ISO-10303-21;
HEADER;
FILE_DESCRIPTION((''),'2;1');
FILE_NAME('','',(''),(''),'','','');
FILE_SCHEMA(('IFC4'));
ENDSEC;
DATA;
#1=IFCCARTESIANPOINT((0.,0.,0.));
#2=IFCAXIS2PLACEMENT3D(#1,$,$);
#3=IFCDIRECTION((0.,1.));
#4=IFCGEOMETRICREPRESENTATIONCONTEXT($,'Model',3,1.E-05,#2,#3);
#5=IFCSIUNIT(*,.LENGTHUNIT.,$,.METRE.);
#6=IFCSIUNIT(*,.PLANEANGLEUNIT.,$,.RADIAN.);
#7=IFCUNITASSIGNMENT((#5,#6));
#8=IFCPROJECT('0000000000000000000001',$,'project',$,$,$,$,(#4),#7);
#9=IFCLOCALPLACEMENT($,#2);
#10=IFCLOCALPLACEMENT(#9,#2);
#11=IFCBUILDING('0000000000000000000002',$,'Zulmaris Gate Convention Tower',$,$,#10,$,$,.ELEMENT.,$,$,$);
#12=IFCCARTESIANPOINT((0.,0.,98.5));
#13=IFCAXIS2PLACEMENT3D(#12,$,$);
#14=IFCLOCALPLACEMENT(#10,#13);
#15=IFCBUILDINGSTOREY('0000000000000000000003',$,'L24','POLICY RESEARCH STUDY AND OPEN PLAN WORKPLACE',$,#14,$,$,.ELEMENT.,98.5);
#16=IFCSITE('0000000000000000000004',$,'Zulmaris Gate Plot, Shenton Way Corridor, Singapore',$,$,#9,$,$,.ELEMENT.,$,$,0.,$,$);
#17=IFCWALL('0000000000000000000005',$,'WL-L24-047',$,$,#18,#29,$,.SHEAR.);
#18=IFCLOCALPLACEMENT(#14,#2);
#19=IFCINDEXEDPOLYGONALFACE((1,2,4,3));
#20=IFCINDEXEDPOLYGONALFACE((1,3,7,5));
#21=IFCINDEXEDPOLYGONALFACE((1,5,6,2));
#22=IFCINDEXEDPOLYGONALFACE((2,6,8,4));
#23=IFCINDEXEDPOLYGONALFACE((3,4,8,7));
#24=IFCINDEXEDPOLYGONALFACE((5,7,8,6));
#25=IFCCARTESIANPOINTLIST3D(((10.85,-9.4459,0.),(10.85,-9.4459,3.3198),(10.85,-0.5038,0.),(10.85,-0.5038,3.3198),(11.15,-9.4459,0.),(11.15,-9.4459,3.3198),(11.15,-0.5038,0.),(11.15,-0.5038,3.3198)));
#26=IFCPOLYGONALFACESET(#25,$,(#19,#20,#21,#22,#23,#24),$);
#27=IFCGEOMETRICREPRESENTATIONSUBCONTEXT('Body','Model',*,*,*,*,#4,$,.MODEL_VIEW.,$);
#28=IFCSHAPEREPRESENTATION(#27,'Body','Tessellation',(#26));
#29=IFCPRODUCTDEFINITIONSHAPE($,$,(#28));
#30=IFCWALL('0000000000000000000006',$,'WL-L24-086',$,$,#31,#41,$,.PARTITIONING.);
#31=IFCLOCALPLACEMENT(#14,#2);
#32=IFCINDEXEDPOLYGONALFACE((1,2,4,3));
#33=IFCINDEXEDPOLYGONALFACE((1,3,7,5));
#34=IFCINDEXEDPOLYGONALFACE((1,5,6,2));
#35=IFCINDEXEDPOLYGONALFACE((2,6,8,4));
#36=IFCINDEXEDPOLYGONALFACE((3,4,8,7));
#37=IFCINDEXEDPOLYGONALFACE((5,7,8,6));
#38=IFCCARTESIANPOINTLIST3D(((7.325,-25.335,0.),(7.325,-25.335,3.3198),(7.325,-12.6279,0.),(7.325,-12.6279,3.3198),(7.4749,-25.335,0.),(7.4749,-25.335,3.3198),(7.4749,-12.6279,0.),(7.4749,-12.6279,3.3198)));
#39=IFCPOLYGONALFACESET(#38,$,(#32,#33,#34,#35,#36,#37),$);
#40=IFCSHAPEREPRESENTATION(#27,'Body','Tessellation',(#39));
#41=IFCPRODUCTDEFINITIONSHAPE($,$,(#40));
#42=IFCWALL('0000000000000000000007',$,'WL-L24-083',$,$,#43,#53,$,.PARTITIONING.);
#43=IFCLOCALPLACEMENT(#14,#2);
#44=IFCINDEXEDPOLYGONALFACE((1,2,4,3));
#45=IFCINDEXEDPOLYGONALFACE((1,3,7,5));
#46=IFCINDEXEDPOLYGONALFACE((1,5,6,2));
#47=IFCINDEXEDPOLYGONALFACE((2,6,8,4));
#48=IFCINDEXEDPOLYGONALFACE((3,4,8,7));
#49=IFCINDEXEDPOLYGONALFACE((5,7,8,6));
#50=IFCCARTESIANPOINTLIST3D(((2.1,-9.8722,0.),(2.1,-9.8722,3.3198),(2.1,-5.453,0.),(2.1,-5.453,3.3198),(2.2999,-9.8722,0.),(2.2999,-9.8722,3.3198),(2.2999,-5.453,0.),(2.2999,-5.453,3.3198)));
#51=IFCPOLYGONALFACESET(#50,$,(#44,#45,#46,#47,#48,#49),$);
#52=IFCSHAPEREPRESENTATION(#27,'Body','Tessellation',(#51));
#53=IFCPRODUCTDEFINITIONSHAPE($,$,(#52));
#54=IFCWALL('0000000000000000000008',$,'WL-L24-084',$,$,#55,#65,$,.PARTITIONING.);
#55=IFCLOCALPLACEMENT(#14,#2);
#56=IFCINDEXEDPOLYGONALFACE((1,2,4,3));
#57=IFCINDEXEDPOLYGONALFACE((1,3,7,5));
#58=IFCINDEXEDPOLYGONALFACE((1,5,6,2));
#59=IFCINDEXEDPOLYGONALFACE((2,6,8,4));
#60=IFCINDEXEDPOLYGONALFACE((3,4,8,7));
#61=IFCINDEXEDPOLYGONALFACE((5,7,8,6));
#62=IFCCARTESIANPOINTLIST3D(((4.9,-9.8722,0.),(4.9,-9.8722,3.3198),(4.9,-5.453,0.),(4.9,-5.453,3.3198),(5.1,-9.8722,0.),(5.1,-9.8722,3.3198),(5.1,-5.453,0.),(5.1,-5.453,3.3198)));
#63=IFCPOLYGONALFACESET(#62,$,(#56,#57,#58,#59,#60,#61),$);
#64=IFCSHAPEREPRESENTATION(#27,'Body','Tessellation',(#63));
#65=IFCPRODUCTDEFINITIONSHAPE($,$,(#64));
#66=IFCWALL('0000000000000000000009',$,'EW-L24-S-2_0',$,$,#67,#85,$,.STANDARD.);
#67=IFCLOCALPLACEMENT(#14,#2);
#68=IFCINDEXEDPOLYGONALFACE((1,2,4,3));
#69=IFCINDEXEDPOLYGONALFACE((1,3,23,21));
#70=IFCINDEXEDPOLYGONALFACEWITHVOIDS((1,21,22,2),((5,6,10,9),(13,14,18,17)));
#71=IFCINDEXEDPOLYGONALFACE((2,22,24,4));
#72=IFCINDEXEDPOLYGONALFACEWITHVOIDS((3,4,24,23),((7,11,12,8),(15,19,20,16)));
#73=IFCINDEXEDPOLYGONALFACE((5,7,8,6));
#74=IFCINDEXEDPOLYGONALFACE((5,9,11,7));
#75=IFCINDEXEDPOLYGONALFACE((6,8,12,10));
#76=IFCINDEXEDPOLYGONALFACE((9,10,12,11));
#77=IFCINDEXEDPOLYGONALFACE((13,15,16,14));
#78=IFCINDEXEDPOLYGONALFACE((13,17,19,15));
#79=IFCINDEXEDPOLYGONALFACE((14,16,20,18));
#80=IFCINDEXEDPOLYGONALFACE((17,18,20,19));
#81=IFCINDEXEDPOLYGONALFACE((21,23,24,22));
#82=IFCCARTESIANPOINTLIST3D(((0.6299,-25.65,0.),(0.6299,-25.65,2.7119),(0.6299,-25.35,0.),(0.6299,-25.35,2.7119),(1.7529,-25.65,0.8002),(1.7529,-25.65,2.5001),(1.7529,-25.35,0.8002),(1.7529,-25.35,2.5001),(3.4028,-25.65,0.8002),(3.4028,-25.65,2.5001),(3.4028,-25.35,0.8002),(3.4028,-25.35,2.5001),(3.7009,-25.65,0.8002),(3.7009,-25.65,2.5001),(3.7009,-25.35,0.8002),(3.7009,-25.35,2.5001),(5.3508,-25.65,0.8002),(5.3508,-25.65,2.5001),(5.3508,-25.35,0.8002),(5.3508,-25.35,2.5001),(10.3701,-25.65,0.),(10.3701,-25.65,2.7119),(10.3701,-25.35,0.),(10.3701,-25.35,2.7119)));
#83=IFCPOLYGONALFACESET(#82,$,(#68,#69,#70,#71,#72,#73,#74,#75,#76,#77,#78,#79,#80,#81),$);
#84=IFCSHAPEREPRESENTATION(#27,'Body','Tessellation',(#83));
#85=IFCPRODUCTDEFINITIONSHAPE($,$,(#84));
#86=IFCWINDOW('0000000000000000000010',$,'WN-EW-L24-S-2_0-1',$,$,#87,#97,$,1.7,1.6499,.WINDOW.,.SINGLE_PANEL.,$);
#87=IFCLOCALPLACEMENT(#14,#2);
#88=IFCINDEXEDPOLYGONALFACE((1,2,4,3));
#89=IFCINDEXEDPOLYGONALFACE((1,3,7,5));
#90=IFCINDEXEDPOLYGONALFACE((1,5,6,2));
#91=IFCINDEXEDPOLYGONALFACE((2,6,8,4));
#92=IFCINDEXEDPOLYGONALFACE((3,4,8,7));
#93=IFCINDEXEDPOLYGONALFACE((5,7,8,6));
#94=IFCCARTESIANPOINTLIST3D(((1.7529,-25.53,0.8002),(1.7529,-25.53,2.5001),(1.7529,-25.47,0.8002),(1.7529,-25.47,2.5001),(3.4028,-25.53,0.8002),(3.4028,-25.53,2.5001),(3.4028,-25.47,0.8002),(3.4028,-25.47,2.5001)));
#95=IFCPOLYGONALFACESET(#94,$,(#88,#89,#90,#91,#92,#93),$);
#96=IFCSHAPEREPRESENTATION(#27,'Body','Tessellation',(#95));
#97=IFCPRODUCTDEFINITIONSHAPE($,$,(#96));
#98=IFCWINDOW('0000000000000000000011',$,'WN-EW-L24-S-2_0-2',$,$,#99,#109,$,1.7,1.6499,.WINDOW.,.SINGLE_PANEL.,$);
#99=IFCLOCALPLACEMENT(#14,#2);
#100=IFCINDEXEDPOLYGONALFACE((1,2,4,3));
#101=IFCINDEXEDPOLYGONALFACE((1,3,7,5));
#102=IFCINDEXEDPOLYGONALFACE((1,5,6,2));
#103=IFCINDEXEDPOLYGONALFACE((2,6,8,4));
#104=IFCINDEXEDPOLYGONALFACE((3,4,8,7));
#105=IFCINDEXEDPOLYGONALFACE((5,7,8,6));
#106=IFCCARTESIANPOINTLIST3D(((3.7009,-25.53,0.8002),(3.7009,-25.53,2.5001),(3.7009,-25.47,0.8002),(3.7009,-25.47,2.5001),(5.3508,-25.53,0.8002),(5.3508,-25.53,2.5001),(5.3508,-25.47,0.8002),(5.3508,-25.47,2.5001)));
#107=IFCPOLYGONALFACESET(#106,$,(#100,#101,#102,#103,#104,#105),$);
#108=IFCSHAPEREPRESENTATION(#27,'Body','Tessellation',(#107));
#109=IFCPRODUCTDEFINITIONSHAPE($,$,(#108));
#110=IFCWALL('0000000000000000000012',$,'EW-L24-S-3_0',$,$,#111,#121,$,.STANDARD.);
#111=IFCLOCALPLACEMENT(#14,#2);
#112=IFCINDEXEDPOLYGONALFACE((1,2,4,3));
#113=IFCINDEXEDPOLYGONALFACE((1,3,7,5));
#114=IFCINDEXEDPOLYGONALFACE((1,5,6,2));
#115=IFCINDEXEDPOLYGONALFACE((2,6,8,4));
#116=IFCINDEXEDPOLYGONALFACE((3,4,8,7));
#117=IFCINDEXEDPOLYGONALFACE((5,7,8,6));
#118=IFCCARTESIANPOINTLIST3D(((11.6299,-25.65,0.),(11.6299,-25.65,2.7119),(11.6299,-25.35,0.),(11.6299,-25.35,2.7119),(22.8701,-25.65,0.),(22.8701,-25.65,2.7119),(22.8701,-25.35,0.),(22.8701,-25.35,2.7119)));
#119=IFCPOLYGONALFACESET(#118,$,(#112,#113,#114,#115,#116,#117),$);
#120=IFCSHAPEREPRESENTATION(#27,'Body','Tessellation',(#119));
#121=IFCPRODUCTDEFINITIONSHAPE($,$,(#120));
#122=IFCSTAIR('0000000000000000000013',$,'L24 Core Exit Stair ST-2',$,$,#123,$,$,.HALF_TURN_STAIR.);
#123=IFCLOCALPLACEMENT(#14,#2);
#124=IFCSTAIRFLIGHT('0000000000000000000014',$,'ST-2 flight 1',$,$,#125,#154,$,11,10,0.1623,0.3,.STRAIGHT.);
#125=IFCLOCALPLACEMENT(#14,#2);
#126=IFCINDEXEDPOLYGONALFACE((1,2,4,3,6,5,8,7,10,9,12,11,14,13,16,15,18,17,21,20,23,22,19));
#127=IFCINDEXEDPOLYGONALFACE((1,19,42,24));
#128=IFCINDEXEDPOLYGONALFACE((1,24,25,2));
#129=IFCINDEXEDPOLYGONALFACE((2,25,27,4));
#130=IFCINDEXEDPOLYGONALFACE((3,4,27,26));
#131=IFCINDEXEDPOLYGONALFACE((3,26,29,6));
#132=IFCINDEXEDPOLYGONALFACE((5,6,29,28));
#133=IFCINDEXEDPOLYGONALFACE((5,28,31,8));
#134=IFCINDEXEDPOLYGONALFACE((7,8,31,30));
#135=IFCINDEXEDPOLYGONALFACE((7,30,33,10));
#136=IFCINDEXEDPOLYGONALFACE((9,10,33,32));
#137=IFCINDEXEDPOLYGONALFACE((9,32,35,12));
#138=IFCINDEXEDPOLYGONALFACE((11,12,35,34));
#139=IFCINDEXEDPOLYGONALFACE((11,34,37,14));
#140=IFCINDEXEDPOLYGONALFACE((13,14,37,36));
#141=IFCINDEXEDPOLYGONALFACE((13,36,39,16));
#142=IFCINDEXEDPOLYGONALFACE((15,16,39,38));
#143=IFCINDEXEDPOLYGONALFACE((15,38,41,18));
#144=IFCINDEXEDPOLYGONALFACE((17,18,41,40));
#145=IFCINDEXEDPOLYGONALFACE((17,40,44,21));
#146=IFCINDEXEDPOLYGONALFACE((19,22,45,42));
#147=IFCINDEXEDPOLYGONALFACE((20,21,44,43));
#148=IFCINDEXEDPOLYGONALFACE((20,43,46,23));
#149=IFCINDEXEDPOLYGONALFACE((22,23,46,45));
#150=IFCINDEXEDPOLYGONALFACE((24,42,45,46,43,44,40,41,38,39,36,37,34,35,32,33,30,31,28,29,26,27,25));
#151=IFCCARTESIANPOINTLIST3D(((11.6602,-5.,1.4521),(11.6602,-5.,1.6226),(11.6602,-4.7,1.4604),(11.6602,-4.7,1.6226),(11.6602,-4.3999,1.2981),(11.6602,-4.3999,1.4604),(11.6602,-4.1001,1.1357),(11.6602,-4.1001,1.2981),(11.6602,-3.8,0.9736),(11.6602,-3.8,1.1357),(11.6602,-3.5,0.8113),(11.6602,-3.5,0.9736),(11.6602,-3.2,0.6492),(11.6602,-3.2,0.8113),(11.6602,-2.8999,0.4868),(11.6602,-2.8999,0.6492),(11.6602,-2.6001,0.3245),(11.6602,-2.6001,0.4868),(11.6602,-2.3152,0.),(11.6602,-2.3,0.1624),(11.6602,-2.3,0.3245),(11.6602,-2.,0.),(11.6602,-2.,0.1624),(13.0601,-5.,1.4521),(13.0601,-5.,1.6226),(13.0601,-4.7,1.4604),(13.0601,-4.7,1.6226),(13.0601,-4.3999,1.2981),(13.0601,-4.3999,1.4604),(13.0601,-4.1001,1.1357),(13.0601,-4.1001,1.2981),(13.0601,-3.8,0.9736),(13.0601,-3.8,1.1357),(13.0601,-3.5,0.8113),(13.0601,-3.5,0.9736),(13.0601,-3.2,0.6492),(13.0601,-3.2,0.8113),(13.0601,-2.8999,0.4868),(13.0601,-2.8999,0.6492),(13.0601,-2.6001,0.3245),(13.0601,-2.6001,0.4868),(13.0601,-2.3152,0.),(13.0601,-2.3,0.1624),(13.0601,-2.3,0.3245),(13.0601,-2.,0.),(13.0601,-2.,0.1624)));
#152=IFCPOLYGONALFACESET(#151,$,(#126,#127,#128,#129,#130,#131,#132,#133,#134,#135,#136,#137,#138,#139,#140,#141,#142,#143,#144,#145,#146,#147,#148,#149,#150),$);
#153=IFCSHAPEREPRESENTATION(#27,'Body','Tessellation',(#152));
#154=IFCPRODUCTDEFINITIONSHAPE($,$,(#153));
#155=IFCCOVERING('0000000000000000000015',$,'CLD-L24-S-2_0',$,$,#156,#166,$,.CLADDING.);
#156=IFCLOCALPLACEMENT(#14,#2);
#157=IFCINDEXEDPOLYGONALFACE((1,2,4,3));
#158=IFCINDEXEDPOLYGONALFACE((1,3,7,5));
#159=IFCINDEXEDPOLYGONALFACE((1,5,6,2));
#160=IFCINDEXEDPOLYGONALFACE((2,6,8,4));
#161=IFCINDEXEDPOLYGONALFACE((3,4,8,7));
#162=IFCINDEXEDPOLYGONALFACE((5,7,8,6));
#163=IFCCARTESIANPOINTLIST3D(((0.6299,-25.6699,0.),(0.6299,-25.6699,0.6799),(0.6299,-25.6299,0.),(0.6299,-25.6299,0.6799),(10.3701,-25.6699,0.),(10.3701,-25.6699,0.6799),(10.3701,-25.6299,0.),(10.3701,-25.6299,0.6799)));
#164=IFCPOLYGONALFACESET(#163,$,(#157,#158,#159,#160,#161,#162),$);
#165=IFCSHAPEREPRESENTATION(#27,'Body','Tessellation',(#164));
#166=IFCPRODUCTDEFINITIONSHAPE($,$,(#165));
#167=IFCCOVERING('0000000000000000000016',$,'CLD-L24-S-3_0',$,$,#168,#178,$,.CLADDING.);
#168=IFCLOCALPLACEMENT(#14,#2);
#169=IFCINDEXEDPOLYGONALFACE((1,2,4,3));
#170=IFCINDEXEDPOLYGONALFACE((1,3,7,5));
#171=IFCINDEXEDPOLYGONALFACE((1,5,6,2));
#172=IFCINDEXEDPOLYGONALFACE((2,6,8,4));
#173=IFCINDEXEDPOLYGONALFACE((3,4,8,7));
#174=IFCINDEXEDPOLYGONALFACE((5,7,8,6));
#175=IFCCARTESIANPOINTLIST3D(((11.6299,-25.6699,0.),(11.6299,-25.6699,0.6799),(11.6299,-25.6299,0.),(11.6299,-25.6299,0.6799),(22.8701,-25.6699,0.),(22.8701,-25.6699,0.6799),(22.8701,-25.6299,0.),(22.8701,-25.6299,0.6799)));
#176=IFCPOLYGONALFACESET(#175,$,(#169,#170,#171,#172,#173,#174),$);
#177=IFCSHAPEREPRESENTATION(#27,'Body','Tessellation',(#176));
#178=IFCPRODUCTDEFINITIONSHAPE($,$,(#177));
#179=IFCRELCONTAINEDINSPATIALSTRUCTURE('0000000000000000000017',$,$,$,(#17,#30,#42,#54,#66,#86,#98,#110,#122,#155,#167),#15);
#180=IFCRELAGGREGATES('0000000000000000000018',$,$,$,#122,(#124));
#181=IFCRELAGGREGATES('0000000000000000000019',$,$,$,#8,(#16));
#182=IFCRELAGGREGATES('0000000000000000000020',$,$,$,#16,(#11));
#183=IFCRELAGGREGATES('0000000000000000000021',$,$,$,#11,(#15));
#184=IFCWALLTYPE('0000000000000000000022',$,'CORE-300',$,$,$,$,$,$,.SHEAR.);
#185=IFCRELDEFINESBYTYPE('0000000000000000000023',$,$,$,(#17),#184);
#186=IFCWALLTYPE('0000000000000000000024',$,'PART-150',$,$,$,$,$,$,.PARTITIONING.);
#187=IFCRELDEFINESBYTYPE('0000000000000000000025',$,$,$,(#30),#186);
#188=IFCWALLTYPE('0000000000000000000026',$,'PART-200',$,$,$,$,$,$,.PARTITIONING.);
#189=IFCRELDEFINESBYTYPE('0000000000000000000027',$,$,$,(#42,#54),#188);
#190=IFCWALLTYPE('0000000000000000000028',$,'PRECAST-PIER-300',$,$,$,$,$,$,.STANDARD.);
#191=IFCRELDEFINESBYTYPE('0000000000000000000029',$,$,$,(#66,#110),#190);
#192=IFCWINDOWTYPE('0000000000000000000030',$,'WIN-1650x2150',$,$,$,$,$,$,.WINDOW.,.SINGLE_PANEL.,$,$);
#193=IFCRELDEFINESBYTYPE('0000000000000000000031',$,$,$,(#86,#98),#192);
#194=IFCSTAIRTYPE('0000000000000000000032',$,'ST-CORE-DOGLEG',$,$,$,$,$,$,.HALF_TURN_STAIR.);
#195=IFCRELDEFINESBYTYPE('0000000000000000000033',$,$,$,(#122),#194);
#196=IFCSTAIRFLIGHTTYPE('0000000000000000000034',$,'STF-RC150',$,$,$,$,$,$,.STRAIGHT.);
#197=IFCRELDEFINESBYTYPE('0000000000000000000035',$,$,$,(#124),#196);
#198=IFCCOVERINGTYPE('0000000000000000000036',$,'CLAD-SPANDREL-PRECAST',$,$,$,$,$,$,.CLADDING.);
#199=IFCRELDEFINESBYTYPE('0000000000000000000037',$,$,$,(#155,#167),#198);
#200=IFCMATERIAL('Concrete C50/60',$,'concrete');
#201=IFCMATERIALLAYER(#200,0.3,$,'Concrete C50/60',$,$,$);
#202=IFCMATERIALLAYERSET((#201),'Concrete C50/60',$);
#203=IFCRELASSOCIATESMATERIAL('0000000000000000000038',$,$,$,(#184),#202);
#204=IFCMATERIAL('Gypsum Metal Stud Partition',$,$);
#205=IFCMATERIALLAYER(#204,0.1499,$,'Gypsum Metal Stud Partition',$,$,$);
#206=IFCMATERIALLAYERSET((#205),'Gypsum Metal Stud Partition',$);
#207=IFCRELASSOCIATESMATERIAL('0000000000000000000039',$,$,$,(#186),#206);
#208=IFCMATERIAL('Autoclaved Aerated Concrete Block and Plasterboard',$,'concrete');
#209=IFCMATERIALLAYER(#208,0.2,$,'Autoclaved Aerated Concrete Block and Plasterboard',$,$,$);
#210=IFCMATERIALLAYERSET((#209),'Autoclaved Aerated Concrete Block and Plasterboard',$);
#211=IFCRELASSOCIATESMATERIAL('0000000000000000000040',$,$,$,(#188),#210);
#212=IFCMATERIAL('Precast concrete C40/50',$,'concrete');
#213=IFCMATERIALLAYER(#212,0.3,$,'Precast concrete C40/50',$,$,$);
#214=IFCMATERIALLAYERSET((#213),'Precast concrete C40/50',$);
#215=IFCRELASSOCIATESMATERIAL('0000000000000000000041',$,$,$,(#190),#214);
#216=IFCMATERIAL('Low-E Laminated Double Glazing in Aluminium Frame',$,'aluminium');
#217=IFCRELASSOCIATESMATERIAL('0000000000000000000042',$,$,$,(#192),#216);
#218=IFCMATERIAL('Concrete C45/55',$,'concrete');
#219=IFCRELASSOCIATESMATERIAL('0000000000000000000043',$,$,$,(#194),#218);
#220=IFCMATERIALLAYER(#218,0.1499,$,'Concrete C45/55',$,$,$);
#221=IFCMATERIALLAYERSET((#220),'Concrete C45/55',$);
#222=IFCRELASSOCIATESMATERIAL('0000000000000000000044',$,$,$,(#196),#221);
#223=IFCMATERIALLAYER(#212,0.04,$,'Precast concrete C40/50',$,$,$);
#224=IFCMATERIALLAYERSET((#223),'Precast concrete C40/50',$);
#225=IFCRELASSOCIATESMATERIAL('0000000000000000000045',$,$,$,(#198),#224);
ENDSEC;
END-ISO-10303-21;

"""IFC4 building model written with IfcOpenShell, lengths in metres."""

from ifc_helpers import new_model, si_unit, direction, frame, frame_2d, origin, place, context, subcontext, project, spatial, polyline, rectangle, outline, extrude, material, layer, layer_set, type_object, element, fill, aggregate, save


model = new_model("IFC4")

# Units and contexts
model_context = context("Model", 3, precision=1e-05, world=origin(), true_north=direction((0.0, 1.0)))
body_context = subcontext(model_context, "Body", "Model", "MODEL_VIEW")
ifc_project = project(units=[si_unit("LENGTHUNIT", "METRE"), si_unit("PLANEANGLEUNIT", "RADIAN")], contexts=[model_context])

# Site, building, storey
site_placement = place(None, origin())
site = spatial("IfcSite", under=ifc_project, at=site_placement, Name="Zulmaris Gate Plot, Shenton Way Corridor, Singapore", CompositionType="ELEMENT", RefElevation=0.0)
building_placement = place(site_placement, origin())
building = spatial("IfcBuilding", under=site, at=building_placement, Name="Zulmaris Gate Convention Tower", CompositionType="ELEMENT")
storey_placement = place(building_placement, frame((0.0, 0.0, 98.5)))
storey = spatial("IfcBuildingStorey", under=building, at=storey_placement, Name="L24", Description="POLICY RESEARCH STUDY AND OPEN PLAN WORKPLACE", CompositionType="ELEMENT", Elevation=98.5)

# Walls
ifc_material_1 = material(Name="Concrete C50/60", Category="concrete")
ifc_layer_1 = layer(ifc_material_1, 0.3, Name="Concrete C50/60")
ifc_layer_set_1 = layer_set([ifc_layer_1], Name="Concrete C50/60")
wall_type_1 = type_object("IfcWallType", Name="CORE-300", PredefinedType="SHEAR", material=ifc_layer_set_1)
wall_1_placement = place(storey_placement, frame((11.0, -9.446, 0.0), z_axis=(0.0, 0.0, 1.0), x_axis=(0.0, 1.0, 0.0)))
element("IfcWall", 1, at=wall_1_placement, inside=storey, type_object=wall_type_1, Name="WL-L24-047", PredefinedType="SHEAR", context=body_context, shape_type="SweptSolid", body=[
    extrude(rectangle(XDim=8.9421, YDim=0.3, at=frame_2d((4.4712, 0.0))), origin(), (0.0, 0.0, 1.0), 3.3198),
])
ifc_material_2 = material(Name="Gypsum Metal Stud Partition")
ifc_layer_2 = layer(ifc_material_2, 0.1499, Name="Gypsum Metal Stud Partition")
ifc_layer_set_2 = layer_set([ifc_layer_2], Name="Gypsum Metal Stud Partition")
wall_type_2 = type_object("IfcWallType", Name="PART-150", PredefinedType="PARTITIONING", material=ifc_layer_set_2)
wall_2_placement = place(storey_placement, frame((7.3999, -25.335, 0.0), z_axis=(0.0, 0.0, 1.0), x_axis=(0.0, 1.0, 0.0)))
element("IfcWall", 2, at=wall_2_placement, inside=storey, type_object=wall_type_2, Name="WL-L24-086", PredefinedType="PARTITIONING", context=body_context, shape_type="SweptSolid", body=[
    extrude(rectangle(XDim=12.707, YDim=0.1499, at=frame_2d((6.3535, 0.0))), origin(), (0.0, 0.0, 1.0), 3.3198),
])
ifc_material_3 = material(Name="Autoclaved Aerated Concrete Block and Plasterboard", Category="concrete")
ifc_layer_3 = layer(ifc_material_3, 0.2, Name="Autoclaved Aerated Concrete Block and Plasterboard")
ifc_layer_set_3 = layer_set([ifc_layer_3], Name="Autoclaved Aerated Concrete Block and Plasterboard")
wall_type_3 = type_object("IfcWallType", Name="PART-200", PredefinedType="PARTITIONING", material=ifc_layer_set_3)
for number, where, z_axis, x_axis, name in (
    (3, (2.2, -9.8721, 0.0), (0.0, 0.0, 1.0), (0.0, 1.0, 0.0), "WL-L24-083"),
    (4, (5.0, -9.8721, 0.0), (0.0, 0.0, 1.0), (0.0, 1.0, 0.0), "WL-L24-084"),
):
    element("IfcWall", number, at=place(storey_placement, frame(where, z_axis=z_axis, x_axis=x_axis)), inside=storey, type_object=wall_type_3, Name=name, PredefinedType="PARTITIONING", context=body_context, shape_type="SweptSolid", body=[
        extrude(rectangle(XDim=4.4192, YDim=0.2, at=frame_2d((2.2095, 0.0))), origin(), (0.0, 0.0, 1.0), 3.3198),
    ])

# Wall, openings, windows
ifc_material_4 = material(Name="Precast concrete C40/50", Category="concrete")
ifc_layer_4 = layer(ifc_material_4, 0.3, Name="Precast concrete C40/50")
ifc_layer_set_4 = layer_set([ifc_layer_4], Name="Precast concrete C40/50")
wall_type_4 = type_object("IfcWallType", Name="PRECAST-PIER-300", PredefinedType="STANDARD", material=ifc_layer_set_4)
wall_3_placement = place(storey_placement, frame((0.6299, -25.5, 0.0), z_axis=(0.0, 0.0, 1.0), x_axis=(1.0, 0.0, 0.0)))
wall_3 = element("IfcWall", 5, at=wall_3_placement, inside=storey, type_object=wall_type_4, Name="EW-L24-S-2_0", PredefinedType="STANDARD", context=body_context, shape_type="SweptSolid", body=[
    extrude(rectangle(XDim=9.7402, YDim=0.3, at=frame_2d((4.8701, 0.0))), origin(), (0.0, 0.0, 1.0), 2.7119),
])
opening_1_placement = place(wall_3_placement, frame((1.123, 0.0, 0.8)))
opening_1 = element("IfcOpeningElement", 6, at=opening_1_placement, cuts=wall_3, PredefinedType="OPENING", context=body_context, shape_type="SweptSolid", body=[
    extrude(rectangle(XDim=1.6499, YDim=1.7, at=frame_2d((0.825, 0.8501))), frame((0.0, 0.1602, 0.0), z_axis=(0.0, -1.0, 0.0), x_axis=(1.0, 0.0, 0.0)), (0.0, 0.0, 1.0), 0.3201),
])
opening_2_placement = place(wall_3_placement, frame((3.071, 0.0, 0.8)))
opening_2 = element("IfcOpeningElement", 7, at=opening_2_placement, cuts=wall_3, PredefinedType="OPENING", context=body_context, shape_type="SweptSolid", body=[
    extrude(rectangle(XDim=1.6499, YDim=1.7, at=frame_2d((0.825, 0.8501))), frame((0.0, 0.1602, 0.0), z_axis=(0.0, -1.0, 0.0), x_axis=(1.0, 0.0, 0.0)), (0.0, 0.0, 1.0), 0.3201),
])
ifc_material_5 = material(Name="Low-E Laminated Double Glazing in Aluminium Frame", Category="aluminium")
window_type = type_object("IfcWindowType", Name="WIN-1650x2150", PartitioningType="SINGLE_PANEL", PredefinedType="WINDOW", material=ifc_material_5)
window_1_placement = place(opening_1_placement, origin())
window_1 = element("IfcWindow", 8, at=window_1_placement, inside=storey, type_object=window_type, Name="WN-EW-L24-S-2_0-1", OverallHeight=1.7, OverallWidth=1.6499, PartitioningType="SINGLE_PANEL", PredefinedType="WINDOW", context=body_context, shape_type="SweptSolid", body=[
    extrude(rectangle(XDim=1.6499, YDim=1.7, at=frame_2d((0.825, 0.8501))), frame((0.0, 0.03, 0.0), z_axis=(0.0, -1.0, 0.0), x_axis=(1.0, 0.0, 0.0)), (0.0, 0.0, 1.0), 0.0601),
])
fill(opening_1, window_1)
window_2_placement = place(opening_2_placement, origin())
window_2 = element("IfcWindow", 9, at=window_2_placement, inside=storey, type_object=window_type, Name="WN-EW-L24-S-2_0-2", OverallHeight=1.7, OverallWidth=1.6499, PartitioningType="SINGLE_PANEL", PredefinedType="WINDOW", context=body_context, shape_type="SweptSolid", body=[
    extrude(rectangle(XDim=1.6499, YDim=1.7, at=frame_2d((0.825, 0.8501))), frame((0.0, 0.03, 0.0), z_axis=(0.0, -1.0, 0.0), x_axis=(1.0, 0.0, 0.0)), (0.0, 0.0, 1.0), 0.0601),
])
fill(opening_2, window_2)

# Wall
wall_4_placement = place(storey_placement, frame((11.6299, -25.5, 0.0), z_axis=(0.0, 0.0, 1.0), x_axis=(1.0, 0.0, 0.0)))
element("IfcWall", 10, at=wall_4_placement, inside=storey, type_object=wall_type_4, Name="EW-L24-S-3_0", PredefinedType="STANDARD", context=body_context, shape_type="SweptSolid", body=[
    extrude(rectangle(XDim=11.2402, YDim=0.3, at=frame_2d((5.6201, 0.0))), origin(), (0.0, 0.0, 1.0), 2.7119),
])

# Stair, stair flight
ifc_material_6 = material(Name="Concrete C45/55", Category="concrete")
stair_type = type_object("IfcStairType", Name="ST-CORE-DOGLEG", PredefinedType="HALF_TURN_STAIR", material=ifc_material_6)
stair_placement = place(storey_placement, origin())
stair = element("IfcStair", 11, at=stair_placement, inside=storey, type_object=stair_type, Name="L24 Core Exit Stair ST-2", PredefinedType="HALF_TURN_STAIR")
ifc_layer_5 = layer(ifc_material_6, 0.1499, Name="Concrete C45/55")
ifc_layer_set_5 = layer_set([ifc_layer_5], Name="Concrete C45/55")
stair_flight_type = type_object("IfcStairFlightType", Name="STF-RC150", PredefinedType="STRAIGHT", material=ifc_layer_set_5)
stair_flight_placement = place(storey_placement, frame((12.3601, -2.0, 0.0), z_axis=(0.0, 0.0, 1.0), x_axis=(0.0, -1.0, 0.0)))
stair_flight = element("IfcStairFlight", 12, at=stair_flight_placement, type_object=stair_flight_type, Name="ST-2 flight 1", NumberOfRisers=11, NumberOfTreads=10, PredefinedType="STRAIGHT", RiserHeight=0.1623, TreadLength=0.3, context=body_context, shape_type="SweptSolid", body=[
    extrude(outline(polyline([(0.0, 0.0), (0.0, 0.1624), (0.3, 0.1624), (0.3, 0.3245), (0.6001, 0.3245), (0.6001, 0.4868), (0.8999, 0.4868), (0.8999, 0.6492), (1.2, 0.6492), (1.2, 0.8113), (1.5, 0.8113), (1.5, 0.9736), (1.8, 0.9736), (1.8, 1.1357), (2.1001, 1.1357), (2.1001, 1.2981), (2.3999, 1.2981), (2.3999, 1.4604), (2.7, 1.4604), (2.7, 1.6226), (3.0, 1.6226), (3.0, 1.7849), (3.0, 1.4521), (0.3152, 0.0), (0.0, 0.0)])), frame((0.0, 0.7, 0.0), z_axis=(0.0, -1.0, 0.0), x_axis=(1.0, 0.0, 0.0)), (0.0, 0.0, 1.0), 1.3999),
])
aggregate(stair, [stair_flight])

# Coverings
ifc_layer_6 = layer(ifc_material_4, 0.04, Name="Precast concrete C40/50")
ifc_layer_set_6 = layer_set([ifc_layer_6], Name="Precast concrete C40/50")
covering_type = type_object("IfcCoveringType", Name="CLAD-SPANDREL-PRECAST", PredefinedType="CLADDING", material=ifc_layer_set_6)
covering_1_placement = place(storey_placement, frame((0.6299, -25.6499, 0.0), z_axis=(0.0, 0.0, 1.0), x_axis=(1.0, 0.0, 0.0)))
element("IfcCovering", 13, at=covering_1_placement, inside=storey, type_object=covering_type, Name="CLD-L24-S-2_0", PredefinedType="CLADDING", context=body_context, shape_type="SweptSolid", body=[
    extrude(rectangle(XDim=9.7402, YDim=0.04, at=frame_2d((4.8701, 0.0))), origin(), (0.0, 0.0, 1.0), 0.6799),
])
covering_2_placement = place(storey_placement, frame((11.6299, -25.6499, 0.0), z_axis=(0.0, 0.0, 1.0), x_axis=(1.0, 0.0, 0.0)))
element("IfcCovering", 14, at=covering_2_placement, inside=storey, type_object=covering_type, Name="CLD-L24-S-3_0", PredefinedType="CLADDING", context=body_context, shape_type="SweptSolid", body=[
    extrude(rectangle(XDim=11.2402, YDim=0.04, at=frame_2d((5.6201, 0.0))), origin(), (0.0, 0.0, 1.0), 0.6799),
])

save(model, "model.ifc")
